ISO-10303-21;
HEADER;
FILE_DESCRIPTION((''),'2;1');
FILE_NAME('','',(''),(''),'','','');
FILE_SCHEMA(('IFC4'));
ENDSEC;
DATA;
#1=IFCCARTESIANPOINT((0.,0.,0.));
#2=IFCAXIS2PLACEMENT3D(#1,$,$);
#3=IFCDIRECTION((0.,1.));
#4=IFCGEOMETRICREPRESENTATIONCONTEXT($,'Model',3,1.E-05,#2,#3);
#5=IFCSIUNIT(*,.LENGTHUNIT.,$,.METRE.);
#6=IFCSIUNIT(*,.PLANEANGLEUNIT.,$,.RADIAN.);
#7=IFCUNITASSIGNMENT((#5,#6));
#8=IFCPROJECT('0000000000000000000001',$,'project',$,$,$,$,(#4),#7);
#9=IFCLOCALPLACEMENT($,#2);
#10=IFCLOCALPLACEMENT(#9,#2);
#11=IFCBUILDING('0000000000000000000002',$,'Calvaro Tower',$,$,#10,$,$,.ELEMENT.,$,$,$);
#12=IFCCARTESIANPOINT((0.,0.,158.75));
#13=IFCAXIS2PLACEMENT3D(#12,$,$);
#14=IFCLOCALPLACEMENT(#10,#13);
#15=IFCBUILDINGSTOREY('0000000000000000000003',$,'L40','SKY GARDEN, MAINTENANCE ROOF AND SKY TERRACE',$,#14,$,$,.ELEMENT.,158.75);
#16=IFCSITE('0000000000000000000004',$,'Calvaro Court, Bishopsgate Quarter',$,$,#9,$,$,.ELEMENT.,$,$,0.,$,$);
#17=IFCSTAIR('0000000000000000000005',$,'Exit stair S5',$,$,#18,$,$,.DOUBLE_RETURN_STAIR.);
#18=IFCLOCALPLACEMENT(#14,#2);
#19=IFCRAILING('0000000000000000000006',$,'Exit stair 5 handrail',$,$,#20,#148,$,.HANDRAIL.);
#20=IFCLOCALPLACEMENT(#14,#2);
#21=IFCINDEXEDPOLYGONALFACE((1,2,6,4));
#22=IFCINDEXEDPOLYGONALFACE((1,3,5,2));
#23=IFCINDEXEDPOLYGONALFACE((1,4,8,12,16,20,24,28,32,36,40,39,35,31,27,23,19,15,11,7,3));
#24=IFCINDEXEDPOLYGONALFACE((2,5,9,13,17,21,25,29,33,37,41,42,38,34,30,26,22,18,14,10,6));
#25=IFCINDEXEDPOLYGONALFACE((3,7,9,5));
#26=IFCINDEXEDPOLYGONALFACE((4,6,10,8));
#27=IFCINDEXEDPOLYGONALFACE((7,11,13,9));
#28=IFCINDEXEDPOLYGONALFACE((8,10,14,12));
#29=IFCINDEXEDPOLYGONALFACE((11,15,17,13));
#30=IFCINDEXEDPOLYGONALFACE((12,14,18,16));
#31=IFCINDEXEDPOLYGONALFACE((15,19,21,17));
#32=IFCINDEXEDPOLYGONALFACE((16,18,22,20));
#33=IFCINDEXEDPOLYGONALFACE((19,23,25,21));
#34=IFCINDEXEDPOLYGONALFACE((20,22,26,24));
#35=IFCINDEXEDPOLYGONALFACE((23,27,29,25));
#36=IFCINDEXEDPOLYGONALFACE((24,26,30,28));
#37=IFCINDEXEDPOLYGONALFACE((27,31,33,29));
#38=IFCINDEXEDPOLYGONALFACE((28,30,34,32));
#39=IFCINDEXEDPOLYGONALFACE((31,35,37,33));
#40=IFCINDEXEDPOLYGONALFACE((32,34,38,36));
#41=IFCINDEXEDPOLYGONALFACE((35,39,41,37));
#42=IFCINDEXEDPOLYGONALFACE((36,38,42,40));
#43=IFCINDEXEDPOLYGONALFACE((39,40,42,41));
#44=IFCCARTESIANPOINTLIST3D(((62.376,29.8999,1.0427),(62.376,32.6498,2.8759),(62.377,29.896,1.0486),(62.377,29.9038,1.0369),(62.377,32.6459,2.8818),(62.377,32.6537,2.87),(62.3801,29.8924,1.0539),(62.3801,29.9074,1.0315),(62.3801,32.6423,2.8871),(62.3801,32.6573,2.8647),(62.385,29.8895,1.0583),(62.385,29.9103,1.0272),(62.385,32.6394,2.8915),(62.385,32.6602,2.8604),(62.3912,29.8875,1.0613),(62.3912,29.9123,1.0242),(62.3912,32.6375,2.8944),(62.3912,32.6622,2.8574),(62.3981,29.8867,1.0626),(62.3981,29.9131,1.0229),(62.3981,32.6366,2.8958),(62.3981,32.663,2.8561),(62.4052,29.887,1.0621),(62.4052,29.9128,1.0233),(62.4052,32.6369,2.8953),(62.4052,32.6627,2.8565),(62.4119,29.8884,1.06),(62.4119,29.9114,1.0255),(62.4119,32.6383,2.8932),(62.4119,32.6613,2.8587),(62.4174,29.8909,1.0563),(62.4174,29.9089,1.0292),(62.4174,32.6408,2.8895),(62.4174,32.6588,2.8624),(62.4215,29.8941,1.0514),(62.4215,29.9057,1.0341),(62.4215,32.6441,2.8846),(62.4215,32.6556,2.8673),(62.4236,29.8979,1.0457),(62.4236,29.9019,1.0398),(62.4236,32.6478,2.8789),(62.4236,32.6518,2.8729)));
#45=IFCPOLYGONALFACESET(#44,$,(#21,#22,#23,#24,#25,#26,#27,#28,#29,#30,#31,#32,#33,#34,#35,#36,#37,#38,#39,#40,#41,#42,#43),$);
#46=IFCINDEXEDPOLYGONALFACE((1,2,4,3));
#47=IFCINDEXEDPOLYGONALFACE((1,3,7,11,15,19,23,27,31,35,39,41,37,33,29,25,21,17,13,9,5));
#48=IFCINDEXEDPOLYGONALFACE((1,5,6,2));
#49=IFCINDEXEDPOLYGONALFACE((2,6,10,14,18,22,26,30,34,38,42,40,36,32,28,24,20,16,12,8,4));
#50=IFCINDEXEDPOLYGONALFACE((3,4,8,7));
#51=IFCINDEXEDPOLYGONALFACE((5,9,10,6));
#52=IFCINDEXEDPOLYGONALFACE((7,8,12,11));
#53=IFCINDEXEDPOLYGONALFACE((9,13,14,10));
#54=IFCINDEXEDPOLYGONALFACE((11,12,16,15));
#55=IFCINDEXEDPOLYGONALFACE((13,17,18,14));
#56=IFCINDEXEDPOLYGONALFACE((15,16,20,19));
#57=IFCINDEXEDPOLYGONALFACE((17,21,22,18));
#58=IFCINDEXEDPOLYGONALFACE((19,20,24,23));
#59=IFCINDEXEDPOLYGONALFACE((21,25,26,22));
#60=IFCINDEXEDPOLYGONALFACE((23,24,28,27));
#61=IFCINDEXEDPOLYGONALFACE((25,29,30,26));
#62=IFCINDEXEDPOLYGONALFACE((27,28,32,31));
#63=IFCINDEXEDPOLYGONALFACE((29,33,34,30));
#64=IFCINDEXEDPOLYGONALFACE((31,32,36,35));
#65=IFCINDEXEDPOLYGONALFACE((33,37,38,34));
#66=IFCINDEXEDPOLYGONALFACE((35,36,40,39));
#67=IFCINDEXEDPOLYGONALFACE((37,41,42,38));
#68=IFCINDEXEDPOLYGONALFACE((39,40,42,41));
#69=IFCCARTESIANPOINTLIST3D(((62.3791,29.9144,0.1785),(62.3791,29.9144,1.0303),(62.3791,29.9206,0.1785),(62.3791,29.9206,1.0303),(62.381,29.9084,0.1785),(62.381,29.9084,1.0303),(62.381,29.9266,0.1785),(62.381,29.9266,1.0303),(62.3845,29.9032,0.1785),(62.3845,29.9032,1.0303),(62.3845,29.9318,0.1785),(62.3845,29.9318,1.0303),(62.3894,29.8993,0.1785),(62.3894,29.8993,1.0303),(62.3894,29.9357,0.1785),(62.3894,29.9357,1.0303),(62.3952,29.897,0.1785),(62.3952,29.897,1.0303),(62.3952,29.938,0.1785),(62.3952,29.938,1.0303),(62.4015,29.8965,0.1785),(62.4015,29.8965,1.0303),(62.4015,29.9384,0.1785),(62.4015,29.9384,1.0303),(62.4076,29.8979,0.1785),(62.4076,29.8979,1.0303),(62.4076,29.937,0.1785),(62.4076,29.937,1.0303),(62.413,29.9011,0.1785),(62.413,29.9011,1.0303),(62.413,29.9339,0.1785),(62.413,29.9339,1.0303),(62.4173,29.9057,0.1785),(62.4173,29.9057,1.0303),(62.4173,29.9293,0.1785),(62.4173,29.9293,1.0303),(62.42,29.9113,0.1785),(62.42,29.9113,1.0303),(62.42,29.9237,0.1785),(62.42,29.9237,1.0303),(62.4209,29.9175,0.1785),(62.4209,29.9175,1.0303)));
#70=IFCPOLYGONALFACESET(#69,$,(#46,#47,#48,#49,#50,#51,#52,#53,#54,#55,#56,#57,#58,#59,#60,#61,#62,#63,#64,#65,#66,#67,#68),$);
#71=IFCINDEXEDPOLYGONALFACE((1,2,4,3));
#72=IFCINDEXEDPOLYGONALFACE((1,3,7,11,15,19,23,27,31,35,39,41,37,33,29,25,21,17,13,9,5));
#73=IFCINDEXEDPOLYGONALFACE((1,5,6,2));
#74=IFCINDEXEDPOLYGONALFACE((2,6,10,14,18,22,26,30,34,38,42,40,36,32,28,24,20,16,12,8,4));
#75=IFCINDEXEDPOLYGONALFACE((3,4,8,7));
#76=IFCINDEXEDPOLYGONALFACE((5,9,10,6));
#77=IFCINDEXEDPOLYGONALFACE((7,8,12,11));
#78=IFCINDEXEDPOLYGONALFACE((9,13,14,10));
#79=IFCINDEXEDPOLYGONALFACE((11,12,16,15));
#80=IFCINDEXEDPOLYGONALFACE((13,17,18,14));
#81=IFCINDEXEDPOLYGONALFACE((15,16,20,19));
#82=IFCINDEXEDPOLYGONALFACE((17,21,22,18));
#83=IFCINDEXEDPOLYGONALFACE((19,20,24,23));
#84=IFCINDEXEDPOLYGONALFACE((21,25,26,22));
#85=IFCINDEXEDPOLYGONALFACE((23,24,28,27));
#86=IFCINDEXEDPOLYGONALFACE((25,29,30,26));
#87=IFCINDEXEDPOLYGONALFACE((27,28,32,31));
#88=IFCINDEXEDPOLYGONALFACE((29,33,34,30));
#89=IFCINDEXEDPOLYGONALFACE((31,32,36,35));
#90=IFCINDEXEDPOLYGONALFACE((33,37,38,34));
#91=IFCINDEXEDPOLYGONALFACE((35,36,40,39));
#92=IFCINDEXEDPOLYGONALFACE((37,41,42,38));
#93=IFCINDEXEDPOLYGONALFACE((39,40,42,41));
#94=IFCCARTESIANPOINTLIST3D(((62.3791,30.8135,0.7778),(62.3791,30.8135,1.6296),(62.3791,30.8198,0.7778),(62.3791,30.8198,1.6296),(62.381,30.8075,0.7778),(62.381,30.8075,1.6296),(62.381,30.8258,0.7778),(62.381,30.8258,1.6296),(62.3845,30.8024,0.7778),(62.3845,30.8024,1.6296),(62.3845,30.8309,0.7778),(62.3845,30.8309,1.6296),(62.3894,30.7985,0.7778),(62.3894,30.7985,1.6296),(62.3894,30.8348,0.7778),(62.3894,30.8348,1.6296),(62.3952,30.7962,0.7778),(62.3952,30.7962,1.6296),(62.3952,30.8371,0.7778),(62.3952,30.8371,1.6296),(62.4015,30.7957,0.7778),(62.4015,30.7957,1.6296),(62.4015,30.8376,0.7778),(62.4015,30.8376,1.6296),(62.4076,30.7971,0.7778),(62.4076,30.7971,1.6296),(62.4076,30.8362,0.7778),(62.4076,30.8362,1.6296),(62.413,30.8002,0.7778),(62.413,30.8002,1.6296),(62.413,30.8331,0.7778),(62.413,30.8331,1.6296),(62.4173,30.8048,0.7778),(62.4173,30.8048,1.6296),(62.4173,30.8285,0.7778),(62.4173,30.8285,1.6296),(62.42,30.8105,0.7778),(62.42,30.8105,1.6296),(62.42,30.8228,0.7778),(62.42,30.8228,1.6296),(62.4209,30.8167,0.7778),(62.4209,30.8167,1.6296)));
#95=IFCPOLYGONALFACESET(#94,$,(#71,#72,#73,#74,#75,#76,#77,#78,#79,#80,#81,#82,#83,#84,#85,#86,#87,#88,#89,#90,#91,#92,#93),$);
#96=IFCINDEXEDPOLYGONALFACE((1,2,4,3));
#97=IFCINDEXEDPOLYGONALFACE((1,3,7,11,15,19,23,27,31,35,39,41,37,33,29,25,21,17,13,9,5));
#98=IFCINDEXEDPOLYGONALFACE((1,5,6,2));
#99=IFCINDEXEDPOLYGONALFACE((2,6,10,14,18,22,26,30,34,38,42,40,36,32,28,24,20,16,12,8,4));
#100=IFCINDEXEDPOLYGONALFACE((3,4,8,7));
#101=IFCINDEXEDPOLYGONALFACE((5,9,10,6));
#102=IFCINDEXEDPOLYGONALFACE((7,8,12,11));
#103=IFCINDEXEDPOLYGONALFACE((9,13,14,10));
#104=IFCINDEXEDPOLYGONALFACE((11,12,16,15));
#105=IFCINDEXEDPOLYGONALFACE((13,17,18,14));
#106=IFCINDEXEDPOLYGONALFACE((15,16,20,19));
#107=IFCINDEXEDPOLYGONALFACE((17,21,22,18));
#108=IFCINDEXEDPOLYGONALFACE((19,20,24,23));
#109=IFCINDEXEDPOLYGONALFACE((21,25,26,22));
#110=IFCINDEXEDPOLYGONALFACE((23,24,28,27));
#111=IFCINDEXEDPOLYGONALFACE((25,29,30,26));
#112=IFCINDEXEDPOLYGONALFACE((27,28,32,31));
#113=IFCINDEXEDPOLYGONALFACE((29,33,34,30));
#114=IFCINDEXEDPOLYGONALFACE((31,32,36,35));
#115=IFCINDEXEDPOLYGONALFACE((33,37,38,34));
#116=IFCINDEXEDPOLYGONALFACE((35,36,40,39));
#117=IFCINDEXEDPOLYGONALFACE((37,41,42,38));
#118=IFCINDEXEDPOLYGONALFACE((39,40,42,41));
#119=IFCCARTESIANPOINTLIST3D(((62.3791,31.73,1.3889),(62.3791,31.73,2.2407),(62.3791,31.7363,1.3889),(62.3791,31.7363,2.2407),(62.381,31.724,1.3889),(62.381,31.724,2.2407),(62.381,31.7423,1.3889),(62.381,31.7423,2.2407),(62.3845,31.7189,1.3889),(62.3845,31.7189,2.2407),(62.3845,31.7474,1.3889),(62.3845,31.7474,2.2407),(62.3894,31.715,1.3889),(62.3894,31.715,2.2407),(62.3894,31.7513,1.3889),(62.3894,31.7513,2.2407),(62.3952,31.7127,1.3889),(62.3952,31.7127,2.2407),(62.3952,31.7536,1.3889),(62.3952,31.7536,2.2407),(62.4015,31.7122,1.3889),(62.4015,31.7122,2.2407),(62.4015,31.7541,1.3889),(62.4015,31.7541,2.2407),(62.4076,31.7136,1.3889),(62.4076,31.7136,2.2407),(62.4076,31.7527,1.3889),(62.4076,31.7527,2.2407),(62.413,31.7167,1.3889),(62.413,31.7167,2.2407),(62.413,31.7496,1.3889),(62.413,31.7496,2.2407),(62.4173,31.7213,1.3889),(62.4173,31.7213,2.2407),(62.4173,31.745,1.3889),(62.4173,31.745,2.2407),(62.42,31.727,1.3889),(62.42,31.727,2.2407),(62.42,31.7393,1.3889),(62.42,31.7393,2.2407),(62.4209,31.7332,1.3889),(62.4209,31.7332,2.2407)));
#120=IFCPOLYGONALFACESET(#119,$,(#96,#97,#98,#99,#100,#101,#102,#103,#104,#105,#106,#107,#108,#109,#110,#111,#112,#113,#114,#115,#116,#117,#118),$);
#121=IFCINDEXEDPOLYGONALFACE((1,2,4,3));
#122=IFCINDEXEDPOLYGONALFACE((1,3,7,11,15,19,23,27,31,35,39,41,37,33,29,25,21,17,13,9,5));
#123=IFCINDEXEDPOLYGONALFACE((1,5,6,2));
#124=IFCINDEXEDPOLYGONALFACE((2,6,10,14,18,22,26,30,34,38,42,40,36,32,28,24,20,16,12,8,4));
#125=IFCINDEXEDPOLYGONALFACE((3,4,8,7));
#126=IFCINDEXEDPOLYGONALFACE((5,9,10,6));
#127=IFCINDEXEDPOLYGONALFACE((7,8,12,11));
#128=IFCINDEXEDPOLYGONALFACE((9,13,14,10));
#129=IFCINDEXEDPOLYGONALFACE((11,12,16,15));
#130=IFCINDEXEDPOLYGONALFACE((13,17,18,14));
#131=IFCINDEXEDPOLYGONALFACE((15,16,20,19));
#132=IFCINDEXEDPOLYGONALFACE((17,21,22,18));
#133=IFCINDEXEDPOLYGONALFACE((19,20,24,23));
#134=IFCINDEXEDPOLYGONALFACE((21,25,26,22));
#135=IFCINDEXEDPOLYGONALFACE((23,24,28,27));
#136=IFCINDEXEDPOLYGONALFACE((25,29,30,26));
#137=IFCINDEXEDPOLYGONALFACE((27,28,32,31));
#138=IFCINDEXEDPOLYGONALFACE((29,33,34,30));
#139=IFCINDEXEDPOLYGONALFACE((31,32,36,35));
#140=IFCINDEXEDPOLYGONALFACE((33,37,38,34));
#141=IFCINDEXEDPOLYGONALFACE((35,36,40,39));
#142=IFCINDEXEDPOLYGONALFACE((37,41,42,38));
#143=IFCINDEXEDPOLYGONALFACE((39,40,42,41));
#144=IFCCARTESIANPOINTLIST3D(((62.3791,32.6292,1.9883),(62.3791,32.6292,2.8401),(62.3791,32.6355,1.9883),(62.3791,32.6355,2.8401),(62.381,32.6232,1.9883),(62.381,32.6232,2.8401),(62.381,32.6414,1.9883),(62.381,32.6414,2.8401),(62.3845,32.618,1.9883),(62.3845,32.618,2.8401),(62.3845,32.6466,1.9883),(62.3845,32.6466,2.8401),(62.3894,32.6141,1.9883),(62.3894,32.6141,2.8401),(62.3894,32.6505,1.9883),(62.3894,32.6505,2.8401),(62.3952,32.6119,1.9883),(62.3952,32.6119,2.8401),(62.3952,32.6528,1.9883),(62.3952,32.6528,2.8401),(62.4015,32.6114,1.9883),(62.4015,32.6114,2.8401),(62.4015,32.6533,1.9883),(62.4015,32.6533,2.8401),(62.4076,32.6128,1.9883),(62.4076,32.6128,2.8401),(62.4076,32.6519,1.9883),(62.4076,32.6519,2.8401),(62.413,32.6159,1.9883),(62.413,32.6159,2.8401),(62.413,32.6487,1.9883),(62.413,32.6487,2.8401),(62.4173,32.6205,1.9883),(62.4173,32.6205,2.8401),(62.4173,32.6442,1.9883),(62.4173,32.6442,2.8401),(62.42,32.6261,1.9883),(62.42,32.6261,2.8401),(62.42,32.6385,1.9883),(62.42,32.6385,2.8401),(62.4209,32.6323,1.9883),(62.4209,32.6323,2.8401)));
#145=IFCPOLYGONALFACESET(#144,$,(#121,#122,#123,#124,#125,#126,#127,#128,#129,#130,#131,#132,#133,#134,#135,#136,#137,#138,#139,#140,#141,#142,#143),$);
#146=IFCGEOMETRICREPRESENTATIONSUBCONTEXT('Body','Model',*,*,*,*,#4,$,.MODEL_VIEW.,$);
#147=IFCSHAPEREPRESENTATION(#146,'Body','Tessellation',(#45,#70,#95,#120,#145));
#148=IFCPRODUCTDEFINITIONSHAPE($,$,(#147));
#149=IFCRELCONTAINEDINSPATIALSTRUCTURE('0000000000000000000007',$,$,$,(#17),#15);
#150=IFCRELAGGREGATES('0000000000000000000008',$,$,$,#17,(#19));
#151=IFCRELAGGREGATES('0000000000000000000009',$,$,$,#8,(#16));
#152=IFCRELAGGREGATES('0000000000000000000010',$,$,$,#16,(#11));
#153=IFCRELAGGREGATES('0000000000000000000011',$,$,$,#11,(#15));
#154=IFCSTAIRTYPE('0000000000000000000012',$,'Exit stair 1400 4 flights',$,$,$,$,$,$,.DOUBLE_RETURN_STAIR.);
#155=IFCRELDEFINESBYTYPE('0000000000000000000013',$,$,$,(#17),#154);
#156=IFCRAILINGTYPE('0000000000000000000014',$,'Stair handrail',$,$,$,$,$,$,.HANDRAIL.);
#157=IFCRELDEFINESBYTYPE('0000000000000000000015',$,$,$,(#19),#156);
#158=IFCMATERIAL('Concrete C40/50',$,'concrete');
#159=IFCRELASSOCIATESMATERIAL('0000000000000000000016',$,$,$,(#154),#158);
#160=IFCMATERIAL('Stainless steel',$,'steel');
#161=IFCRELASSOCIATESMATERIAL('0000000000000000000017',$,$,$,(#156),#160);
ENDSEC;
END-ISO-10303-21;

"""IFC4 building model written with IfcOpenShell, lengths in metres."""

from ifc_helpers import new_model, si_unit, direction, frame, origin, origin_2d, place, context, subcontext, project, spatial, circle, extrude, material, type_object, element, aggregate, save


model = new_model("IFC4")

# Units and contexts
model_context = context("Model", 3, precision=1e-05, world=origin(), true_north=direction((0.0, 1.0)))
body_context = subcontext(model_context, "Body", "Model", "MODEL_VIEW")
ifc_project = project(units=[si_unit("LENGTHUNIT", "METRE"), si_unit("PLANEANGLEUNIT", "RADIAN")], contexts=[model_context])

# Site, building, storey
site_placement = place(None, origin())
site = spatial("IfcSite", under=ifc_project, at=site_placement, Name="Calvaro Court, Bishopsgate Quarter", CompositionType="ELEMENT", RefElevation=0.0)
building_placement = place(site_placement, origin())
building = spatial("IfcBuilding", under=site, at=building_placement, Name="Calvaro Tower", CompositionType="ELEMENT")
storey_placement = place(building_placement, frame((0.0, 0.0, 158.75)))
storey = spatial("IfcBuildingStorey", under=building, at=storey_placement, Name="L40", Description="SKY GARDEN, MAINTENANCE ROOF AND SKY TERRACE", CompositionType="ELEMENT", Elevation=158.75)

# Stair
ifc_material_1 = material(Name="Concrete C40/50", Category="concrete")
stair_type = type_object("IfcStairType", Name="Exit stair 1400 4 flights", PredefinedType="DOUBLE_RETURN_STAIR", material=ifc_material_1)
stair_1_placement = place(storey_placement, origin())
stair_1 = element("IfcStair", 1, at=stair_1_placement, inside=storey, type_object=stair_type, Name="Exit stair S5", PredefinedType="DOUBLE_RETURN_STAIR")

# Shared definitions
ifc_material_2 = material(Name="Stainless steel", Category="steel")
railing_type = type_object("IfcRailingType", Name="Stair handrail", PredefinedType="HANDRAIL", material=ifc_material_2)

# Railing
railing_1_placement = place(storey_placement, frame((62.3999, 29.8999, 0.1667)))
railing_1 = element("IfcRailing", 2, at=railing_1_placement, type_object=railing_type, Name="Exit stair 5 handrail", PredefinedType="HANDRAIL", context=body_context, shape_type="SweptSolid", body=[
    extrude(circle(Radius=0.0239, at=origin_2d()), frame((0.0, 0.0, 0.876), z_axis=(0.0, 0.832062, 0.554683), x_axis=(-1.0, 0.0, 0.0)), (0.0, 0.0, 1.0), 3.3049),
    extrude(circle(Radius=0.021, at=origin_2d()), frame((0.0, 0.0176, 0.0117)), (0.0, 0.0, 1.0), 0.8518),
    extrude(circle(Radius=0.021, at=origin_2d()), frame((0.0, 0.9167, 0.6111)), (0.0, 0.0, 1.0), 0.8518),
    extrude(circle(Radius=0.021, at=origin_2d()), frame((0.0, 1.8333, 1.2222)), (0.0, 0.0, 1.0), 0.8518),
    extrude(circle(Radius=0.021, at=origin_2d()), frame((0.0, 2.7324, 1.8215)), (0.0, 0.0, 1.0), 0.8518),
])
aggregate(stair_1, [railing_1])

save(model, "model.ifc")
